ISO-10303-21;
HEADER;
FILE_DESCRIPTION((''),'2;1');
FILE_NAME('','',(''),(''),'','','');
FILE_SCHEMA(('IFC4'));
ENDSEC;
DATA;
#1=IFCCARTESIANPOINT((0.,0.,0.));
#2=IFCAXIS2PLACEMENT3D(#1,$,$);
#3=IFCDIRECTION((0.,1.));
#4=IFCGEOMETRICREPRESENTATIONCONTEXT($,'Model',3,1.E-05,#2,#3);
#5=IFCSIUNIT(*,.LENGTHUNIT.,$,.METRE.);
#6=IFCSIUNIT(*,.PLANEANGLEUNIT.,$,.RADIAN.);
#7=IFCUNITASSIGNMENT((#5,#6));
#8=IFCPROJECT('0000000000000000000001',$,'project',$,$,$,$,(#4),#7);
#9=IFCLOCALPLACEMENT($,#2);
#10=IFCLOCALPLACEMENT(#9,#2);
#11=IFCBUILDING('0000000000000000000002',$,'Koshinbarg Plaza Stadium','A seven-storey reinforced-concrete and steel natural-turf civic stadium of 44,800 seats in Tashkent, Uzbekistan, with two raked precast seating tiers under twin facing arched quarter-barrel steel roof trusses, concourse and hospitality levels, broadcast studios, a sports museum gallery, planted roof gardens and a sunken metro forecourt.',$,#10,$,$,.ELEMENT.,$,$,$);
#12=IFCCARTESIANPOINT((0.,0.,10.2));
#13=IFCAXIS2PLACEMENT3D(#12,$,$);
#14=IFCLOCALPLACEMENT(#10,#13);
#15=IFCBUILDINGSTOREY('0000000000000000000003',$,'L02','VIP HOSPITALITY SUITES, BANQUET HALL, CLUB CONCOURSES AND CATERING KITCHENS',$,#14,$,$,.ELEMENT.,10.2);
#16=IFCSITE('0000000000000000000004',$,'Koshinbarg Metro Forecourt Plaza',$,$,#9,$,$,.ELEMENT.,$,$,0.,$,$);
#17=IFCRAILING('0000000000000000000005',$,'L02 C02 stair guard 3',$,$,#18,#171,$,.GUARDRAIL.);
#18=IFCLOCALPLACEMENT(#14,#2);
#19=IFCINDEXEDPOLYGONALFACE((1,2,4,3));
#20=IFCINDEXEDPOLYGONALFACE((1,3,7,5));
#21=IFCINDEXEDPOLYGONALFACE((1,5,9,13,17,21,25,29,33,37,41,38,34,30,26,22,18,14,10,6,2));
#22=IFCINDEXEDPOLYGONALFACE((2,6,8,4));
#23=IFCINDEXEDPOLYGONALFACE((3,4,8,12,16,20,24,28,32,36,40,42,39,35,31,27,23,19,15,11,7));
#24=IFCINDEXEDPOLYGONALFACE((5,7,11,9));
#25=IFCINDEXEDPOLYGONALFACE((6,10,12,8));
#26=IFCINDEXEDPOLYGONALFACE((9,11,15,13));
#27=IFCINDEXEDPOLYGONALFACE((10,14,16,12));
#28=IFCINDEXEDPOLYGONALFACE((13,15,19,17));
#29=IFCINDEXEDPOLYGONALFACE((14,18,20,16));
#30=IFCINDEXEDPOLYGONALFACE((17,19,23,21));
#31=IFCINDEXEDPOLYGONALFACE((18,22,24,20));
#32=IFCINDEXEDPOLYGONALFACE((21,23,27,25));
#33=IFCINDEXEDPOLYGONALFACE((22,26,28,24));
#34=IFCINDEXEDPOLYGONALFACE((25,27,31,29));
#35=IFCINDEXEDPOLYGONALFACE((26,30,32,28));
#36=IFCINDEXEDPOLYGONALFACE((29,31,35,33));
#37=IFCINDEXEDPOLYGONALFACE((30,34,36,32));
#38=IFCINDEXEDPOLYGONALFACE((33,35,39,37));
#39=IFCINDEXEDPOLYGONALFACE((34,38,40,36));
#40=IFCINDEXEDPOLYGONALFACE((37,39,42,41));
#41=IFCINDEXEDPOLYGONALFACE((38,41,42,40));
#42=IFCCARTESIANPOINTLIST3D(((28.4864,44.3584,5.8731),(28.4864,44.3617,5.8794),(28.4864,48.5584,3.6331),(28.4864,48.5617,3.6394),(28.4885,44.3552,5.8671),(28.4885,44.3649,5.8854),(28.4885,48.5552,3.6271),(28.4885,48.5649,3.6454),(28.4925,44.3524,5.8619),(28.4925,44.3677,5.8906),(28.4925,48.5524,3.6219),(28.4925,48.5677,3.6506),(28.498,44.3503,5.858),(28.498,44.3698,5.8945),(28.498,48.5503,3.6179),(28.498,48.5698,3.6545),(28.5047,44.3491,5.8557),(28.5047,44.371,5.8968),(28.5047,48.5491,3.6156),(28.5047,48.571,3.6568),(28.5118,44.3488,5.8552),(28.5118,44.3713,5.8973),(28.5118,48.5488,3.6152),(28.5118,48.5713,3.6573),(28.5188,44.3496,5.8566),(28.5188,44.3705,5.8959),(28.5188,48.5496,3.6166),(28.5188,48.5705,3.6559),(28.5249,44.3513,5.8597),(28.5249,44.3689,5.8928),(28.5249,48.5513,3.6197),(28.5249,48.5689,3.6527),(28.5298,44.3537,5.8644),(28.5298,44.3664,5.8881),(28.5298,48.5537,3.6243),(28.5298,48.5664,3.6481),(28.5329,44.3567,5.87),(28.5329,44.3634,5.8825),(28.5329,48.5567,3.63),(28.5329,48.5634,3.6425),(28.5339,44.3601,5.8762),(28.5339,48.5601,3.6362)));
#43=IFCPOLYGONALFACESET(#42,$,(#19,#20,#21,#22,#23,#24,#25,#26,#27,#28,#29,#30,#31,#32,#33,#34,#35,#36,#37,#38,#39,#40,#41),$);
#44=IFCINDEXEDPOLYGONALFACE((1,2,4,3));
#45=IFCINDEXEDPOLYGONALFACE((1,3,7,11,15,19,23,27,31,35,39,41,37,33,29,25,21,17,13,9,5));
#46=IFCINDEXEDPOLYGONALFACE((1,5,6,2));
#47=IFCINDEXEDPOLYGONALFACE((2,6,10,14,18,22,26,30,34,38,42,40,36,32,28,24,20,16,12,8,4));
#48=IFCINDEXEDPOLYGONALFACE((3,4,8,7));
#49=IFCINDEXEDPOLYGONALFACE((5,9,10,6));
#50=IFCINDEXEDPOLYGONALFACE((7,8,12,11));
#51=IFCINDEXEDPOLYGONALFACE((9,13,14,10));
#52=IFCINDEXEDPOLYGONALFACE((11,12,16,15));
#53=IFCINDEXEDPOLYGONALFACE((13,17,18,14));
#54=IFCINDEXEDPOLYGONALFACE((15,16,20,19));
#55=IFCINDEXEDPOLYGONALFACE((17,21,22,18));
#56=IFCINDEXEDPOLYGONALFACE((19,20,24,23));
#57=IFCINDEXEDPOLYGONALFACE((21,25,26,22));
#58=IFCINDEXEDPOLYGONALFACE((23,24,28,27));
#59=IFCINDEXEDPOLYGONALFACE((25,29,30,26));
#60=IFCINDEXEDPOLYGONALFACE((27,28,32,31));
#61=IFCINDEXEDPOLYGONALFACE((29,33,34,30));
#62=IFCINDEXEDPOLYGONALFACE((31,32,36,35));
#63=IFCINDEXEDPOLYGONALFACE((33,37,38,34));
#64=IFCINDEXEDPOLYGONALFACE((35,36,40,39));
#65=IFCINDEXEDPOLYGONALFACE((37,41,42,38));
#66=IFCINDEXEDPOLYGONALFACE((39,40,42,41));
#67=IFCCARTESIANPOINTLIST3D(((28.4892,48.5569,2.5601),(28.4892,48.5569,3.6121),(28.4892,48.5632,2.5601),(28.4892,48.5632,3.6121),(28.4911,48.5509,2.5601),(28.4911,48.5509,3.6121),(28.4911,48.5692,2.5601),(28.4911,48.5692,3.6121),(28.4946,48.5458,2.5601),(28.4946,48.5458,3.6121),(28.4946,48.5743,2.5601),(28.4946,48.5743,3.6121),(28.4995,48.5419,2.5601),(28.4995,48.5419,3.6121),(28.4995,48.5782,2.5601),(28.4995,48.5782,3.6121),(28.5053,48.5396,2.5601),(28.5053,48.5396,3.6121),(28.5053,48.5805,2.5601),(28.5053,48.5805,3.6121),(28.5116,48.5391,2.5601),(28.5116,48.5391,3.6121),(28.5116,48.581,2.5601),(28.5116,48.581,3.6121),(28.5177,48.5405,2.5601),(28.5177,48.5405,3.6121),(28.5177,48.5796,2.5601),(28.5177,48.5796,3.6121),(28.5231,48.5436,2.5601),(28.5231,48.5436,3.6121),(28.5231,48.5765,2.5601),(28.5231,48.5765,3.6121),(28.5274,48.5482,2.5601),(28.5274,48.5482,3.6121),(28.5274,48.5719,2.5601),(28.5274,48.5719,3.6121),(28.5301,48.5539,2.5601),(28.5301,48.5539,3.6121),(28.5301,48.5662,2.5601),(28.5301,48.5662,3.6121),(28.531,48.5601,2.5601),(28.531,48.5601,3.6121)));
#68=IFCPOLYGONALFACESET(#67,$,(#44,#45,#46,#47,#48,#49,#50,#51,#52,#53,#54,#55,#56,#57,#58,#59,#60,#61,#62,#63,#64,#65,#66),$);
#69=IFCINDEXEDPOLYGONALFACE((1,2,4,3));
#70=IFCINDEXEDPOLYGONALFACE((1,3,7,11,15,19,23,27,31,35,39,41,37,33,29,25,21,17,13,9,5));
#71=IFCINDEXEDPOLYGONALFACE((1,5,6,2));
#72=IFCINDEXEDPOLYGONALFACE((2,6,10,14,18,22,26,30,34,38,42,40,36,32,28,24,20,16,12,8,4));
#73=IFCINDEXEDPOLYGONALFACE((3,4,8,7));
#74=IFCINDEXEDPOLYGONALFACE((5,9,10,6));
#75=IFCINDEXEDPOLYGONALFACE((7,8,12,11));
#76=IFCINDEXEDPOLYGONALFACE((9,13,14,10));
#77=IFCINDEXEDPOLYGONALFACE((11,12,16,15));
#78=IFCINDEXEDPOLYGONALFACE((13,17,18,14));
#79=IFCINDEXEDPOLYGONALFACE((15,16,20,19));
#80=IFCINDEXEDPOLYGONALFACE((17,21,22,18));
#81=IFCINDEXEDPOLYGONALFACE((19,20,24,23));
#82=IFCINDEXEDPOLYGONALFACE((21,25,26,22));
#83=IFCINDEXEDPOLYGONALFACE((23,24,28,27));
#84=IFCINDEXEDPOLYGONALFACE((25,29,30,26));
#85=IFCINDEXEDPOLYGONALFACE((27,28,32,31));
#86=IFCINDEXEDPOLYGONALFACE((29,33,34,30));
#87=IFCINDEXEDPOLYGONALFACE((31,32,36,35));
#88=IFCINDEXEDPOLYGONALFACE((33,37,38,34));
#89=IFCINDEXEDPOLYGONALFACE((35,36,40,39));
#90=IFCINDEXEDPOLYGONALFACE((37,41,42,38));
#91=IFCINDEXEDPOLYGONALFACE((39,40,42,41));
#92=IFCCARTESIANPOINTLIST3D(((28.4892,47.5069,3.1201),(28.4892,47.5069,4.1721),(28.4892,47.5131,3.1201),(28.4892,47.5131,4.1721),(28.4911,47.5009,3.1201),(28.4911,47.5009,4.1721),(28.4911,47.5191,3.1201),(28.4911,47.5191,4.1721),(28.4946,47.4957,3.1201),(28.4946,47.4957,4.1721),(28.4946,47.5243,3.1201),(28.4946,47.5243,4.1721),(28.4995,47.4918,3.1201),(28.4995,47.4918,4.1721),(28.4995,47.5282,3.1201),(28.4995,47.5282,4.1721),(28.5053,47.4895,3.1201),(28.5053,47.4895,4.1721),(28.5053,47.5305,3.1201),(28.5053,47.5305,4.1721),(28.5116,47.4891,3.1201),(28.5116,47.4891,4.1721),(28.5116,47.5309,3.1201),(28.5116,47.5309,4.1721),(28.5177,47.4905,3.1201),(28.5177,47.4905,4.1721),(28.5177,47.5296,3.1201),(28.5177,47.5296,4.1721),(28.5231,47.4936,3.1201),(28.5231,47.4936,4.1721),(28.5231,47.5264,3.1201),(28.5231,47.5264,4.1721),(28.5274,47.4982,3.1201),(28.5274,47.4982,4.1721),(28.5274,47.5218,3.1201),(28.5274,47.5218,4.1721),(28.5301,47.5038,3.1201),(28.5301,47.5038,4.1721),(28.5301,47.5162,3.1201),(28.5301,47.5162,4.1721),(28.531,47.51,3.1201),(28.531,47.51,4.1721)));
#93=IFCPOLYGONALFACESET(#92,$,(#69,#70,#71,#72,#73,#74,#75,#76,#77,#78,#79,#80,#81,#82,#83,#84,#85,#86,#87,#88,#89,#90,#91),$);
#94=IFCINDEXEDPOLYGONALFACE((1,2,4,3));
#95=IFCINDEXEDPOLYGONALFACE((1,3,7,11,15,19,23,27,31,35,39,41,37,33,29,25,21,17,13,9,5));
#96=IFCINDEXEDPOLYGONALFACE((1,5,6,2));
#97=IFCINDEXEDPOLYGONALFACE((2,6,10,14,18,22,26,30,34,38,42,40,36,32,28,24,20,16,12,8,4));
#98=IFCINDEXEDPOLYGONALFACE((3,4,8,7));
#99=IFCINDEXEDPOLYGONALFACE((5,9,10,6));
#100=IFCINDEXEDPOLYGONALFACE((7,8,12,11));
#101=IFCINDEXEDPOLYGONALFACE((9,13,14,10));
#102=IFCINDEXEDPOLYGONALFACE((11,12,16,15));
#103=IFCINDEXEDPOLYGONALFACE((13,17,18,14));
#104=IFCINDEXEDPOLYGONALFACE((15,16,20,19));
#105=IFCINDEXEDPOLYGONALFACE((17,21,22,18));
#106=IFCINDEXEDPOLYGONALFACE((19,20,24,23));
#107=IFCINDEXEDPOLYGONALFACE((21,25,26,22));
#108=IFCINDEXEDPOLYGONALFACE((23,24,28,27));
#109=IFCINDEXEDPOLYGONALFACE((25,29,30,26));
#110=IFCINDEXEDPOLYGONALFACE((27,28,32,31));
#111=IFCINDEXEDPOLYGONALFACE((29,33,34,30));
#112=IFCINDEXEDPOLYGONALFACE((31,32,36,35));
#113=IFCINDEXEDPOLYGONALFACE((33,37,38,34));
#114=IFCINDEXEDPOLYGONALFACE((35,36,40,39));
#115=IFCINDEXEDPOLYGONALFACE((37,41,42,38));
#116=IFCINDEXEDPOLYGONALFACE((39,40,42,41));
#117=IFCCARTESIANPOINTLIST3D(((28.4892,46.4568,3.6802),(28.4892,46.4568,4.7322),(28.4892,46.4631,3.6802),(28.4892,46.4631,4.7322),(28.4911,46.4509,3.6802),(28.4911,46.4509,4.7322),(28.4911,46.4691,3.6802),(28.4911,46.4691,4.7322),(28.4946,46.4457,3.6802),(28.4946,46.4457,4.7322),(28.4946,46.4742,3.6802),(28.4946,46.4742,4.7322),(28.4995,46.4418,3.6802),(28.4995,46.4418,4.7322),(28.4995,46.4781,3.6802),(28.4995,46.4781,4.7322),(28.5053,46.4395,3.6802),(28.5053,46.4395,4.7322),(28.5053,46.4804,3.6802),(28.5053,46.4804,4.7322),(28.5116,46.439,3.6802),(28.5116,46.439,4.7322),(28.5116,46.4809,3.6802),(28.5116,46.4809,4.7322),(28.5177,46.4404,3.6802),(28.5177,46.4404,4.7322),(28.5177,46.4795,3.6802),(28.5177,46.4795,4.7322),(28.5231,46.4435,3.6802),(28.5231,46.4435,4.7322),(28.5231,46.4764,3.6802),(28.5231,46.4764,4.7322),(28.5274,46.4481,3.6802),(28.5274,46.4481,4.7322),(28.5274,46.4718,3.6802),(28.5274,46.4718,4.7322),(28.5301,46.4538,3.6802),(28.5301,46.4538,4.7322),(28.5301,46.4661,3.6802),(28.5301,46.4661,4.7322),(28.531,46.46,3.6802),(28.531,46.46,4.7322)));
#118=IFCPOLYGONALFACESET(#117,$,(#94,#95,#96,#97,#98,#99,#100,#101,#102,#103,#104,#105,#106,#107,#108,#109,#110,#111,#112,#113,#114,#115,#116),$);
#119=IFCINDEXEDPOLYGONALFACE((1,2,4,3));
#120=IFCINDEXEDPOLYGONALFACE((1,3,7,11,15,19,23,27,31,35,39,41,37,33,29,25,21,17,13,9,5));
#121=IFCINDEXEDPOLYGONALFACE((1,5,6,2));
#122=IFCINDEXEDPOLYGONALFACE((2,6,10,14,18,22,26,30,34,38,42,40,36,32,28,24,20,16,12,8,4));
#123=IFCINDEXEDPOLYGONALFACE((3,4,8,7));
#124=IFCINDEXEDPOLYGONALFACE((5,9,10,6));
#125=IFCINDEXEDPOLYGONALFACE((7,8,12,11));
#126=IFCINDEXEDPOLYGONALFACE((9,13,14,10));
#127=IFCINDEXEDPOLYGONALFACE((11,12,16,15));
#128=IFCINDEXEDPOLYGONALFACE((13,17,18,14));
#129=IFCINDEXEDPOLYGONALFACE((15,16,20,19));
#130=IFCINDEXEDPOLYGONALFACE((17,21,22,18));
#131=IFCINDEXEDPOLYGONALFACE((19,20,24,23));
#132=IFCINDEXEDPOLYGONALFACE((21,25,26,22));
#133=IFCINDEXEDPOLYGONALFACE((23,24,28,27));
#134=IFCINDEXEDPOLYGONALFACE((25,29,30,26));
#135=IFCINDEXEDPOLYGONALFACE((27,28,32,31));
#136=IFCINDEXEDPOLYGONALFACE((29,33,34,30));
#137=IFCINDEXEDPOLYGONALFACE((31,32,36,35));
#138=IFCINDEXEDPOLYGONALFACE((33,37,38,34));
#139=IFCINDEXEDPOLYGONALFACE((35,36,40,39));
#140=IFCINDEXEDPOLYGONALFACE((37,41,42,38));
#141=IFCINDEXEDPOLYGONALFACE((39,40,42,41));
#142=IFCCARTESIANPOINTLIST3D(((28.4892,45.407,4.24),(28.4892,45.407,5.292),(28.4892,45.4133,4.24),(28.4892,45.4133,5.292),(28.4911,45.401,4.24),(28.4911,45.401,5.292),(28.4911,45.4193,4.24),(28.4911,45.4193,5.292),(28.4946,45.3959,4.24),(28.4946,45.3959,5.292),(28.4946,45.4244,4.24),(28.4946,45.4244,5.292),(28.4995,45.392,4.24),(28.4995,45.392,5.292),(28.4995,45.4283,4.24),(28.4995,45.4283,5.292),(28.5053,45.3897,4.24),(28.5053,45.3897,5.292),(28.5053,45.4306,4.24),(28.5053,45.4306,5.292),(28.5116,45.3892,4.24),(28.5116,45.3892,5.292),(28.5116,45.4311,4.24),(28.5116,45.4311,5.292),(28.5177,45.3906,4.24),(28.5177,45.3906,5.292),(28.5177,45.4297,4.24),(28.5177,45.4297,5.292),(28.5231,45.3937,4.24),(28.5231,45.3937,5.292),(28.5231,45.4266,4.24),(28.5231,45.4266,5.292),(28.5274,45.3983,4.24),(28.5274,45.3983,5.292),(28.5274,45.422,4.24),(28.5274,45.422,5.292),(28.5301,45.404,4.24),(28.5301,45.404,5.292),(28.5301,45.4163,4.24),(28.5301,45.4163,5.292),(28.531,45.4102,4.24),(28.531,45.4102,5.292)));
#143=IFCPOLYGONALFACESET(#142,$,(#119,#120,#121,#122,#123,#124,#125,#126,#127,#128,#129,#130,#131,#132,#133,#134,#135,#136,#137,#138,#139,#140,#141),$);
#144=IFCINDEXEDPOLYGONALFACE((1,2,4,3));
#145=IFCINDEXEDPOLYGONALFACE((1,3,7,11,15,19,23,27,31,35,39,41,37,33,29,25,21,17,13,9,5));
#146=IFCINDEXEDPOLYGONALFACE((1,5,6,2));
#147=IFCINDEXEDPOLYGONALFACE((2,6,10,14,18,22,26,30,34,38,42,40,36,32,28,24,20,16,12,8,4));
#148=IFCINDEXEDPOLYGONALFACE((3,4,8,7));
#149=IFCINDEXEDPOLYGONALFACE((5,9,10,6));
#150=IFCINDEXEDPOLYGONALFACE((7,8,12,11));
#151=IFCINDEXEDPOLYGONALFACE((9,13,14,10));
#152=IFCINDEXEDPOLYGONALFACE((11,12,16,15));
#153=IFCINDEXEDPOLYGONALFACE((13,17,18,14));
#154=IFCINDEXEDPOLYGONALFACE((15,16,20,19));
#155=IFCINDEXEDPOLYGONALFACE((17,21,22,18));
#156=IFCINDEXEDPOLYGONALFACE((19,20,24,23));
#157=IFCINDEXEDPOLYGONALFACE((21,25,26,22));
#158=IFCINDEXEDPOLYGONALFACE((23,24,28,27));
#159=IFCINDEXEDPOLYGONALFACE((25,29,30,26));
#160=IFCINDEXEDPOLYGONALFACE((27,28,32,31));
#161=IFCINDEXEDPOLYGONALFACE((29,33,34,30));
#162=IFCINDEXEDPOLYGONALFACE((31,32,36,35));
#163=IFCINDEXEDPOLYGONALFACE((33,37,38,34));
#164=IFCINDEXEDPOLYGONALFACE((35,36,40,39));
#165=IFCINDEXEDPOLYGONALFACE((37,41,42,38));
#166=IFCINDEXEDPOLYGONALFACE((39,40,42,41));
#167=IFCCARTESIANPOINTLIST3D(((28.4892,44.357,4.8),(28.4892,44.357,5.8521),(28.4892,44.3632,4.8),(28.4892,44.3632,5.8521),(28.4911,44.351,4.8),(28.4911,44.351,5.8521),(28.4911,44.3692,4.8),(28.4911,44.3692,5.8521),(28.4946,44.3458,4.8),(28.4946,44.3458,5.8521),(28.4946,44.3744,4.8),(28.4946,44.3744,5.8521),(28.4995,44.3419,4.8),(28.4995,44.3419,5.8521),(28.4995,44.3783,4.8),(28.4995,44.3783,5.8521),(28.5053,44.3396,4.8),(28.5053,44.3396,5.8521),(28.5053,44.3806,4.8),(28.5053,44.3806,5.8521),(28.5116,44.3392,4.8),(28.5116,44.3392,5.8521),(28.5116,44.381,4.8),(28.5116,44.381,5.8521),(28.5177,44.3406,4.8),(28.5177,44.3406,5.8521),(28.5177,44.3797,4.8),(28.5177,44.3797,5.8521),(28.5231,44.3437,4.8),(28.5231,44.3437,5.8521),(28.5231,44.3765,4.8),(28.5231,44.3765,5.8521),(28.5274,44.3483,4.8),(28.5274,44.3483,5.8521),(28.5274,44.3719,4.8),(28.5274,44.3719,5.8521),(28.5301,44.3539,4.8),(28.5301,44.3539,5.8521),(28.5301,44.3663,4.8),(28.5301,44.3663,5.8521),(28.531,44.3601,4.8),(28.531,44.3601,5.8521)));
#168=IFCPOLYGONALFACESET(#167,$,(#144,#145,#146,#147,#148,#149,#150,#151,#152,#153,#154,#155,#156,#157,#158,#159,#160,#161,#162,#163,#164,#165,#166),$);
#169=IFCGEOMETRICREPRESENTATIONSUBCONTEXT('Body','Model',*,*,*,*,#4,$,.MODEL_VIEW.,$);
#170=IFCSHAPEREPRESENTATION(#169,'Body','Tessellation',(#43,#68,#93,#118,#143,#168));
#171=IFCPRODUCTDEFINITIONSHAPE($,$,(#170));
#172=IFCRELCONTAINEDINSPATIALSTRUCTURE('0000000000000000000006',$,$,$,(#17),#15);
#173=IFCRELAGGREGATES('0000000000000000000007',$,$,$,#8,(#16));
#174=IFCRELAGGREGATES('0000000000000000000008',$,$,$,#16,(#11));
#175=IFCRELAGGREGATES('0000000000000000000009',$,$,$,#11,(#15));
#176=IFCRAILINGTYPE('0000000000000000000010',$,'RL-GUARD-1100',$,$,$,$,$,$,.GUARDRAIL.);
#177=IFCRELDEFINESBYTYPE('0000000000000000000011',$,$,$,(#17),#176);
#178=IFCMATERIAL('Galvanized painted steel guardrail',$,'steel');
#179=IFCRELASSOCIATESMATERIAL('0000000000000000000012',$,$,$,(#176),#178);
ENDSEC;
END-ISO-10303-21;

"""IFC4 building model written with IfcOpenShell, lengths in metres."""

from ifc_helpers import new_model, si_unit, direction, frame, origin, origin_2d, place, context, subcontext, project, spatial, circle, extrude, material, type_object, element, save


model = new_model("IFC4")

# Units and contexts
model_context = context("Model", 3, precision=1e-05, world=origin(), true_north=direction((0.0, 1.0)))
body_context = subcontext(model_context, "Body", "Model", "MODEL_VIEW")
ifc_project = project(units=[si_unit("LENGTHUNIT", "METRE"), si_unit("PLANEANGLEUNIT", "RADIAN")], contexts=[model_context])

# Site, building, storey
site_placement = place(None, origin())
site = spatial("IfcSite", under=ifc_project, at=site_placement, Name="Koshinbarg Metro Forecourt Plaza", CompositionType="ELEMENT", RefElevation=0.0)
building_placement = place(site_placement, origin())
building = spatial("IfcBuilding", under=site, at=building_placement, Name="Koshinbarg Plaza Stadium", Description="A seven-storey reinforced-concrete and steel natural-turf civic stadium of 44,800 seats in Tashkent, Uzbekistan, with two raked precast seating tiers under twin facing arched quarter-barrel steel roof trusses, concourse and hospitality levels, broadcast studios, a sports museum gallery, planted roof gardens and a sunken metro forecourt.", CompositionType="ELEMENT")
storey_placement = place(building_placement, frame((0.0, 0.0, 10.2)))
storey = spatial("IfcBuildingStorey", under=building, at=storey_placement, Name="L02", Description="VIP HOSPITALITY SUITES, BANQUET HALL, CLUB CONCOURSES AND CATERING KITCHENS", CompositionType="ELEMENT", Elevation=10.2)

# Railing
ifc_material_1 = material(Name="Galvanized painted steel guardrail", Category="steel")
railing_type_1 = type_object("IfcRailingType", Name="RL-GUARD-1100", PredefinedType="GUARDRAIL", material=ifc_material_1)
railing_1_placement = place(storey_placement, frame((28.51, 48.5601, 2.5601)))
element("IfcRailing", 1, at=railing_1_placement, inside=storey, type_object=railing_type_1, Name="L02 C02 stair guard 3", PredefinedType="GUARDRAIL", context=body_context, shape_type="SweptSolid", body=[
    extrude(circle(Radius=0.0239, at=origin_2d()), frame((0.0, 0.0, 1.0762), z_axis=(0.0, -0.882352, 0.470591), x_axis=(1.0, 0.0, 0.0)), (0.0, 0.0, 1.0), 4.76),
    extrude(circle(Radius=0.021, at=origin_2d()), origin(), (0.0, 0.0, 1.0), 1.052),
    extrude(circle(Radius=0.021, at=origin_2d()), frame((0.0, -1.05, 0.5601)), (0.0, 0.0, 1.0), 1.052),
    extrude(circle(Radius=0.021, at=origin_2d()), frame((0.0, -2.1001, 1.1201)), (0.0, 0.0, 1.0), 1.052),
    extrude(circle(Radius=0.021, at=origin_2d()), frame((0.0, -3.1499, 1.6799)), (0.0, 0.0, 1.0), 1.052),
    extrude(circle(Radius=0.021, at=origin_2d()), frame((0.0, -4.2, 2.24)), (0.0, 0.0, 1.0), 1.052),
])

save(model, "model.ifc")
